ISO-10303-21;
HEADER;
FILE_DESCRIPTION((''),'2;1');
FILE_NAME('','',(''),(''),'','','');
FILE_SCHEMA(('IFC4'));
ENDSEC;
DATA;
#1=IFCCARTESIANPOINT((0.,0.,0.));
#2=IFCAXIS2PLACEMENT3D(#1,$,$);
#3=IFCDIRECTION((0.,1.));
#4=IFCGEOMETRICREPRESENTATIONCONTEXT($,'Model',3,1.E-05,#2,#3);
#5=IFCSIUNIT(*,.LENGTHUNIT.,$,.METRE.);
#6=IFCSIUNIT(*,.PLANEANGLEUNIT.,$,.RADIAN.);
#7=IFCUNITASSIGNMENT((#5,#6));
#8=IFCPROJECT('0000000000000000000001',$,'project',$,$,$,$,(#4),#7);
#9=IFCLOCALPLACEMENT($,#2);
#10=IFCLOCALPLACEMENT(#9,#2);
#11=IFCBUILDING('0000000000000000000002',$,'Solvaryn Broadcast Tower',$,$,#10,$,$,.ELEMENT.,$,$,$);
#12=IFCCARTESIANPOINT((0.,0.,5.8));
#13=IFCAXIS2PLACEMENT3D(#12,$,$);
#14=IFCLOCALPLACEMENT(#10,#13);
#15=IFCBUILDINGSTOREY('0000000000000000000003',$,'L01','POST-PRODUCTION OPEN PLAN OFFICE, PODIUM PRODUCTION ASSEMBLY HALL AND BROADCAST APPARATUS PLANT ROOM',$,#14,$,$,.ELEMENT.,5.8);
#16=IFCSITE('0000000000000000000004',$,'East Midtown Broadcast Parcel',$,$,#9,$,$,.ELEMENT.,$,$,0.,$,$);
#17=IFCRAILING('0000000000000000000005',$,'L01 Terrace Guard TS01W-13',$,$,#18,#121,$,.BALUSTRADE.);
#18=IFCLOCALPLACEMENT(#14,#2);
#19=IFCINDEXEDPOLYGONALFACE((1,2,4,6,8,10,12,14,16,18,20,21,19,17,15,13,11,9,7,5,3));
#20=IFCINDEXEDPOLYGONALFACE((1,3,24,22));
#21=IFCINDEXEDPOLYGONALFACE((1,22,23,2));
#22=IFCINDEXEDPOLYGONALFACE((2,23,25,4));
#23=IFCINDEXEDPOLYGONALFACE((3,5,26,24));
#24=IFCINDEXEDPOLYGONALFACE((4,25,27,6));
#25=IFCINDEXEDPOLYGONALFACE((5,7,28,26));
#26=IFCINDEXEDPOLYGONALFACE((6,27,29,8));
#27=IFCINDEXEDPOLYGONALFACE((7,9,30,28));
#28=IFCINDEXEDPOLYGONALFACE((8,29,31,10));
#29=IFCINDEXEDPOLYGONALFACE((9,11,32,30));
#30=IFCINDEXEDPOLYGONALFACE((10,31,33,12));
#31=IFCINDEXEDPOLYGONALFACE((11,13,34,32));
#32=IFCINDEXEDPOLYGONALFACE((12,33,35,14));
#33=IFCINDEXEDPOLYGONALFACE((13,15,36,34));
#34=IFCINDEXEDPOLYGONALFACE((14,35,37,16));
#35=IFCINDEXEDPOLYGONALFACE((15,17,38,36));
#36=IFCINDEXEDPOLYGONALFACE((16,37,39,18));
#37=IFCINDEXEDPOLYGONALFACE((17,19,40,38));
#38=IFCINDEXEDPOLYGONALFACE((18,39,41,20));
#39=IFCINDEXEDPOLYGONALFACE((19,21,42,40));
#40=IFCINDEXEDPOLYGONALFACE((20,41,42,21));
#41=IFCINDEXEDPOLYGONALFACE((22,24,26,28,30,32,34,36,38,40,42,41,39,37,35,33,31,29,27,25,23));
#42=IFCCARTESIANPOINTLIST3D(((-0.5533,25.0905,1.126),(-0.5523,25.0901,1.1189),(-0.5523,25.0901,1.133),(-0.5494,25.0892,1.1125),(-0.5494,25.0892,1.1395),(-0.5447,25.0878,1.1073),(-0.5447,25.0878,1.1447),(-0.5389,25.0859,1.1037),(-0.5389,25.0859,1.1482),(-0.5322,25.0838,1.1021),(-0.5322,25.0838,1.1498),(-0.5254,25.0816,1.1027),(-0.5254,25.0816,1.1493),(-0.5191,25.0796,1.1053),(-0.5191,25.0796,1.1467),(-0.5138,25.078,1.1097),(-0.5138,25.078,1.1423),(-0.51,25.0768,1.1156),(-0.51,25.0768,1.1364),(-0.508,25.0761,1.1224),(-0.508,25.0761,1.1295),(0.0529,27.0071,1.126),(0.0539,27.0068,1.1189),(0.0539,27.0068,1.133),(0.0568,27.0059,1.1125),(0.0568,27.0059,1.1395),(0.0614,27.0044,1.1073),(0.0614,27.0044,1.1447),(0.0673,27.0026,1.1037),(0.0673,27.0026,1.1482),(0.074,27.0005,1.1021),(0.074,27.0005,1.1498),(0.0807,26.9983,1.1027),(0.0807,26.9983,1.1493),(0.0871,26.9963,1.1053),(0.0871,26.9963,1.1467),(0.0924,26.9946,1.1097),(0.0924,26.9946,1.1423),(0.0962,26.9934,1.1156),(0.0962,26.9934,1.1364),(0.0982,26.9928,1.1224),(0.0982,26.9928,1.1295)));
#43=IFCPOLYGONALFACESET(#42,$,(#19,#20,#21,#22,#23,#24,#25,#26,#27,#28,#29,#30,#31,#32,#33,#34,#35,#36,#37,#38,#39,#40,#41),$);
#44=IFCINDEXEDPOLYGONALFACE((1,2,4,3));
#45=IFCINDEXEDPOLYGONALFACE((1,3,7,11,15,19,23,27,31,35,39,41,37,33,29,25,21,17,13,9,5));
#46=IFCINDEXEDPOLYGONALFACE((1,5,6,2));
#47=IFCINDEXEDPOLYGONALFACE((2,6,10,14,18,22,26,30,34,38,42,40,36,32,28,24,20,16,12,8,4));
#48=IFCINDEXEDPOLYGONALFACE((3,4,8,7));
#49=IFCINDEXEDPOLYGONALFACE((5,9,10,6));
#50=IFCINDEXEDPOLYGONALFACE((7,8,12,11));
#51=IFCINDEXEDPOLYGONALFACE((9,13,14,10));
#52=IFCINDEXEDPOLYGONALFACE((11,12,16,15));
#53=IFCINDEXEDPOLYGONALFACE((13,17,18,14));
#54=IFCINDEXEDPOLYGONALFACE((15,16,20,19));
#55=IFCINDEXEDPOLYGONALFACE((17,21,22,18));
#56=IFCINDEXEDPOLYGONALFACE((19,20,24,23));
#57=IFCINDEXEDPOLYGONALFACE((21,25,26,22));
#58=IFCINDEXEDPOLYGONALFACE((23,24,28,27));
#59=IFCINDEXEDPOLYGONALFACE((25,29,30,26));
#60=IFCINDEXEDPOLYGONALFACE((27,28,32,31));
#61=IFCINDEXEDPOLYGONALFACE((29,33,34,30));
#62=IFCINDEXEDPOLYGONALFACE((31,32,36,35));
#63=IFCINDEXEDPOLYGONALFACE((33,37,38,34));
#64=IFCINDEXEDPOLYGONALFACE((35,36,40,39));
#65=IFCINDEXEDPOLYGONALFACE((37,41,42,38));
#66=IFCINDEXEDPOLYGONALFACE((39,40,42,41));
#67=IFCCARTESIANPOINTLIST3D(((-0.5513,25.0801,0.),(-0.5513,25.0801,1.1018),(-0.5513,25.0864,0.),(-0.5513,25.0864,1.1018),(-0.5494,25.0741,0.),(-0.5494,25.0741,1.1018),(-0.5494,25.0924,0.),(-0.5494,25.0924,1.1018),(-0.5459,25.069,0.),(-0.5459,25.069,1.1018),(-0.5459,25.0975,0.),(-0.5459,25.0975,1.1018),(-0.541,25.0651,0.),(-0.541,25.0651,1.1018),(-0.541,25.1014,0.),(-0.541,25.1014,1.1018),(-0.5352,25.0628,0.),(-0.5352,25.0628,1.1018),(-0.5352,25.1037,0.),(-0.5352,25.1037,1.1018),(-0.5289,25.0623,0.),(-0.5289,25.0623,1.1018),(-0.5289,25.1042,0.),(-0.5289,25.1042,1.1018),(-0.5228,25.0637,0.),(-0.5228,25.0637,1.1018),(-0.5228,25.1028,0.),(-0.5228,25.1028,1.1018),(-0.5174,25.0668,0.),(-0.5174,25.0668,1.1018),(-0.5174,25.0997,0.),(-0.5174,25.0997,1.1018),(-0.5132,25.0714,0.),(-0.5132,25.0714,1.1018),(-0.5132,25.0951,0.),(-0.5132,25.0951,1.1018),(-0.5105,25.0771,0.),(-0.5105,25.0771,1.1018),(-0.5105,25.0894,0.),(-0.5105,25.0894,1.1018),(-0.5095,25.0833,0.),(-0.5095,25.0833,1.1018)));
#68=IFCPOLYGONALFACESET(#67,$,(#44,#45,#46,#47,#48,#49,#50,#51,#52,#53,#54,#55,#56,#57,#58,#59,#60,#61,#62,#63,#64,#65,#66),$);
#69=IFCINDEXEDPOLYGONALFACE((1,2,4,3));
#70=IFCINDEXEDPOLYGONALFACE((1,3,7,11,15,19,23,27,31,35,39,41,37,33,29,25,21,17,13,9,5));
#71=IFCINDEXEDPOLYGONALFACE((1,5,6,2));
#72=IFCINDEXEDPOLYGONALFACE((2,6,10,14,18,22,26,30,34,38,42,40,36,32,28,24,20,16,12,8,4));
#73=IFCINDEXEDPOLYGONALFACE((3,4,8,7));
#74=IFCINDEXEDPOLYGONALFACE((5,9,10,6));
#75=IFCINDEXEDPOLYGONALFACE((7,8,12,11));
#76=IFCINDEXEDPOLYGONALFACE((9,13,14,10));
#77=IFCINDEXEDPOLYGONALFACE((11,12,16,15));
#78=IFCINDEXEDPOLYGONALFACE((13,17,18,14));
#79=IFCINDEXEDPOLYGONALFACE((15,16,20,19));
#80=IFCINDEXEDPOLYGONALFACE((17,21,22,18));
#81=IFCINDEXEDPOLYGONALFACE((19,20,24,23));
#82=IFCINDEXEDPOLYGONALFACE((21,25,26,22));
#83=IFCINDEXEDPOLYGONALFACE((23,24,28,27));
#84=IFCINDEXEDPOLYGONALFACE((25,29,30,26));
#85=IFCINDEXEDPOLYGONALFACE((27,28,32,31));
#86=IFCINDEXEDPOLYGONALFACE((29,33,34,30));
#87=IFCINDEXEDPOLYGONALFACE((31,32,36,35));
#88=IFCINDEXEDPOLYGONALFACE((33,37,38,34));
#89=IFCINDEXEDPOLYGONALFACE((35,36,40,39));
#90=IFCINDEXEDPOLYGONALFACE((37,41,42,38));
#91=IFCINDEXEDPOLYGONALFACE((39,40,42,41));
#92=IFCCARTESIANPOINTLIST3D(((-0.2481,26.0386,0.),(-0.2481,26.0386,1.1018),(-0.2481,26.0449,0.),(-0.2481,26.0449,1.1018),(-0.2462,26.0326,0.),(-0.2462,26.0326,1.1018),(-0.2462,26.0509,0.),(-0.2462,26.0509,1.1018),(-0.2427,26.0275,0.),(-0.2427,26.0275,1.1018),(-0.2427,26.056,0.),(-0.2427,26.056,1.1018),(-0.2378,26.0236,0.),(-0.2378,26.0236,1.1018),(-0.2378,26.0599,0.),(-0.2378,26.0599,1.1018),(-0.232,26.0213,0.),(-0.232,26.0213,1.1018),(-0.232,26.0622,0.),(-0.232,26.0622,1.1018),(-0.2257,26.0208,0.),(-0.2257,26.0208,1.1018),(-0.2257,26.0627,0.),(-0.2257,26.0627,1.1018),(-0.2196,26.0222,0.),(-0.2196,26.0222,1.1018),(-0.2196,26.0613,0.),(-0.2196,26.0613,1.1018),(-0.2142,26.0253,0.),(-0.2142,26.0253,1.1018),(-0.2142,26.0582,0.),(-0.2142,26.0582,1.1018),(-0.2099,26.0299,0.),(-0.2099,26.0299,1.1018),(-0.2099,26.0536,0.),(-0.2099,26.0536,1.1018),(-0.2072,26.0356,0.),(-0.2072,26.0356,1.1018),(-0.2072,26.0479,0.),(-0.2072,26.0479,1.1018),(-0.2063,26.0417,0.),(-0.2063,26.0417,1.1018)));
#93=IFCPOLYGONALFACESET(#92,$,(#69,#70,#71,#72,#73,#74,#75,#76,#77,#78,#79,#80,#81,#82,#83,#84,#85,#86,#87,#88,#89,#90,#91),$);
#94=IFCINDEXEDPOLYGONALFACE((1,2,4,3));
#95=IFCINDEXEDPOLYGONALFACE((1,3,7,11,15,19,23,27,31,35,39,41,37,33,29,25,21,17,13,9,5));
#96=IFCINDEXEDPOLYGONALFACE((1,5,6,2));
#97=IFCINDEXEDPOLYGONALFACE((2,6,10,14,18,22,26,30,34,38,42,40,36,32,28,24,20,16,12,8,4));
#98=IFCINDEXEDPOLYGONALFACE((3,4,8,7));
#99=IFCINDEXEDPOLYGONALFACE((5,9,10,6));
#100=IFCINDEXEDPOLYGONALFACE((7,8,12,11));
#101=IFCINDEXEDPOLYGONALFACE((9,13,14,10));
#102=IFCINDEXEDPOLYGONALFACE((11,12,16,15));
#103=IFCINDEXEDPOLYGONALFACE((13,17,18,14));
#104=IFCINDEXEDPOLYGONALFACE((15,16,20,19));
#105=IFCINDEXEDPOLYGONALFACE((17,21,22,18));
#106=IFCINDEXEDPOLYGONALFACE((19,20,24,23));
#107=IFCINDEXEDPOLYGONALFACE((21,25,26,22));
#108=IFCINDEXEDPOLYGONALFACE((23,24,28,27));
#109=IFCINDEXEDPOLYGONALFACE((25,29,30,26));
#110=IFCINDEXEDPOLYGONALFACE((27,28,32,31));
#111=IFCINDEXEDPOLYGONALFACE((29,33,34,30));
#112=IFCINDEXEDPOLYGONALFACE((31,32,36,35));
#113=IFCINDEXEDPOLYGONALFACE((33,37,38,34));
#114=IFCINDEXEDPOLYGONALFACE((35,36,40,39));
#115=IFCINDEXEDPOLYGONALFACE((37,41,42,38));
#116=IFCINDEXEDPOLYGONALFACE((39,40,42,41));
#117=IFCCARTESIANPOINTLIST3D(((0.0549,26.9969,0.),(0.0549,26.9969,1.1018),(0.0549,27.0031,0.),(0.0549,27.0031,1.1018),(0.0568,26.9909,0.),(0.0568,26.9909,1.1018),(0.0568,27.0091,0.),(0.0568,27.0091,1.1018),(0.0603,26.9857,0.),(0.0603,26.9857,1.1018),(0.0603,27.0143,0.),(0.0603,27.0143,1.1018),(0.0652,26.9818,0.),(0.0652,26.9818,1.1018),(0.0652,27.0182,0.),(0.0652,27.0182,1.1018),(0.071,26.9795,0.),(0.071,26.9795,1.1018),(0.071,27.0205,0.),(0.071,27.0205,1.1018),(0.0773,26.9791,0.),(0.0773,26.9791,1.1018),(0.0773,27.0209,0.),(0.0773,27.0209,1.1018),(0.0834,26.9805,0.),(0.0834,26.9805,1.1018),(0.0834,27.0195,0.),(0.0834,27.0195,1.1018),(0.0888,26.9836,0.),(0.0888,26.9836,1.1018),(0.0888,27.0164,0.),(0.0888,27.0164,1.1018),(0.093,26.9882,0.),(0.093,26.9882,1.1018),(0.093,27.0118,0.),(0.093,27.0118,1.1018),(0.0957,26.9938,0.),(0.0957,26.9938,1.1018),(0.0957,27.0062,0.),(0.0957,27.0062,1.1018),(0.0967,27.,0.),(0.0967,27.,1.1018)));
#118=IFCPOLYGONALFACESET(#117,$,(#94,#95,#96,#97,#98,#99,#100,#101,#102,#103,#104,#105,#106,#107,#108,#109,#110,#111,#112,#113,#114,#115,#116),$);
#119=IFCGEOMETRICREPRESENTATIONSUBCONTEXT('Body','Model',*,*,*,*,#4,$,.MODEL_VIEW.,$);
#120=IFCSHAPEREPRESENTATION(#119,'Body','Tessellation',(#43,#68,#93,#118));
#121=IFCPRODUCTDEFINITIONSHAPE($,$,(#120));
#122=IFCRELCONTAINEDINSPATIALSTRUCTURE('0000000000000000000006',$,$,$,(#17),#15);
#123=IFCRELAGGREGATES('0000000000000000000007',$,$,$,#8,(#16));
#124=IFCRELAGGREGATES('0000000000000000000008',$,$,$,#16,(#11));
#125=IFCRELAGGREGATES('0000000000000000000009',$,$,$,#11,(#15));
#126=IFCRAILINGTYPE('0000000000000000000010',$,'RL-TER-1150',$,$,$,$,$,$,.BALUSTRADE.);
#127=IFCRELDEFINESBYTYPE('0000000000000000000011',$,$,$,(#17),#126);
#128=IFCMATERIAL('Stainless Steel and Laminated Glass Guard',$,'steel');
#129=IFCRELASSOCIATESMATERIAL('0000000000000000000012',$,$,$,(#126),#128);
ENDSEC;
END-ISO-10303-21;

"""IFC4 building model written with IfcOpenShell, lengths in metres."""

from ifc_helpers import new_model, si_unit, direction, frame, origin, origin_2d, place, context, subcontext, project, spatial, circle, extrude, material, type_object, element, save


model = new_model("IFC4")

# Units and contexts
model_context = context("Model", 3, precision=1e-05, world=origin(), true_north=direction((0.0, 1.0)))
body_context = subcontext(model_context, "Body", "Model", "MODEL_VIEW")
ifc_project = project(units=[si_unit("LENGTHUNIT", "METRE"), si_unit("PLANEANGLEUNIT", "RADIAN")], contexts=[model_context])

# Site, building, storey
site_placement = place(None, origin())
site = spatial("IfcSite", under=ifc_project, at=site_placement, Name="East Midtown Broadcast Parcel", CompositionType="ELEMENT", RefElevation=0.0)
building_placement = place(site_placement, origin())
building = spatial("IfcBuilding", under=site, at=building_placement, Name="Solvaryn Broadcast Tower", CompositionType="ELEMENT")
storey_placement = place(building_placement, frame((0.0, 0.0, 5.8)))
storey = spatial("IfcBuildingStorey", under=building, at=storey_placement, Name="L01", Description="POST-PRODUCTION OPEN PLAN OFFICE, PODIUM PRODUCTION ASSEMBLY HALL AND BROADCAST APPARATUS PLANT ROOM", CompositionType="ELEMENT", Elevation=5.8)

# Railing
ifc_material_1 = material(Name="Stainless Steel and Laminated Glass Guard", Category="steel")
railing_type = type_object("IfcRailingType", Name="RL-TER-1150", PredefinedType="BALUSTRADE", material=ifc_material_1)
railing_1_placement = place(storey_placement, frame((-0.5305, 25.0833, 0.0)))
element("IfcRailing", 1, at=railing_1_placement, inside=storey, type_object=railing_type, Name="L01 Terrace Guard TS01W-13", PredefinedType="BALUSTRADE", context=body_context, shape_type="SweptSolid", body=[
    extrude(circle(Radius=0.0239, at=origin_2d()), frame((0.0, 0.0, 1.126), z_axis=(0.301544, 0.953452, 0.0), x_axis=(-0.953452, 0.301544, 0.0)), (0.0, 0.0, 1.0), 2.0103),
    extrude(circle(Radius=0.021, at=origin_2d()), origin(), (0.0, 0.0, 1.0), 1.1018),
    extrude(circle(Radius=0.021, at=origin_2d()), frame((0.3032, 0.9585, 0.0)), (0.0, 0.0, 1.0), 1.1018),
    extrude(circle(Radius=0.021, at=origin_2d()), frame((0.6062, 1.9167, 0.0)), (0.0, 0.0, 1.0), 1.1018),
])

save(model, "model.ifc")
